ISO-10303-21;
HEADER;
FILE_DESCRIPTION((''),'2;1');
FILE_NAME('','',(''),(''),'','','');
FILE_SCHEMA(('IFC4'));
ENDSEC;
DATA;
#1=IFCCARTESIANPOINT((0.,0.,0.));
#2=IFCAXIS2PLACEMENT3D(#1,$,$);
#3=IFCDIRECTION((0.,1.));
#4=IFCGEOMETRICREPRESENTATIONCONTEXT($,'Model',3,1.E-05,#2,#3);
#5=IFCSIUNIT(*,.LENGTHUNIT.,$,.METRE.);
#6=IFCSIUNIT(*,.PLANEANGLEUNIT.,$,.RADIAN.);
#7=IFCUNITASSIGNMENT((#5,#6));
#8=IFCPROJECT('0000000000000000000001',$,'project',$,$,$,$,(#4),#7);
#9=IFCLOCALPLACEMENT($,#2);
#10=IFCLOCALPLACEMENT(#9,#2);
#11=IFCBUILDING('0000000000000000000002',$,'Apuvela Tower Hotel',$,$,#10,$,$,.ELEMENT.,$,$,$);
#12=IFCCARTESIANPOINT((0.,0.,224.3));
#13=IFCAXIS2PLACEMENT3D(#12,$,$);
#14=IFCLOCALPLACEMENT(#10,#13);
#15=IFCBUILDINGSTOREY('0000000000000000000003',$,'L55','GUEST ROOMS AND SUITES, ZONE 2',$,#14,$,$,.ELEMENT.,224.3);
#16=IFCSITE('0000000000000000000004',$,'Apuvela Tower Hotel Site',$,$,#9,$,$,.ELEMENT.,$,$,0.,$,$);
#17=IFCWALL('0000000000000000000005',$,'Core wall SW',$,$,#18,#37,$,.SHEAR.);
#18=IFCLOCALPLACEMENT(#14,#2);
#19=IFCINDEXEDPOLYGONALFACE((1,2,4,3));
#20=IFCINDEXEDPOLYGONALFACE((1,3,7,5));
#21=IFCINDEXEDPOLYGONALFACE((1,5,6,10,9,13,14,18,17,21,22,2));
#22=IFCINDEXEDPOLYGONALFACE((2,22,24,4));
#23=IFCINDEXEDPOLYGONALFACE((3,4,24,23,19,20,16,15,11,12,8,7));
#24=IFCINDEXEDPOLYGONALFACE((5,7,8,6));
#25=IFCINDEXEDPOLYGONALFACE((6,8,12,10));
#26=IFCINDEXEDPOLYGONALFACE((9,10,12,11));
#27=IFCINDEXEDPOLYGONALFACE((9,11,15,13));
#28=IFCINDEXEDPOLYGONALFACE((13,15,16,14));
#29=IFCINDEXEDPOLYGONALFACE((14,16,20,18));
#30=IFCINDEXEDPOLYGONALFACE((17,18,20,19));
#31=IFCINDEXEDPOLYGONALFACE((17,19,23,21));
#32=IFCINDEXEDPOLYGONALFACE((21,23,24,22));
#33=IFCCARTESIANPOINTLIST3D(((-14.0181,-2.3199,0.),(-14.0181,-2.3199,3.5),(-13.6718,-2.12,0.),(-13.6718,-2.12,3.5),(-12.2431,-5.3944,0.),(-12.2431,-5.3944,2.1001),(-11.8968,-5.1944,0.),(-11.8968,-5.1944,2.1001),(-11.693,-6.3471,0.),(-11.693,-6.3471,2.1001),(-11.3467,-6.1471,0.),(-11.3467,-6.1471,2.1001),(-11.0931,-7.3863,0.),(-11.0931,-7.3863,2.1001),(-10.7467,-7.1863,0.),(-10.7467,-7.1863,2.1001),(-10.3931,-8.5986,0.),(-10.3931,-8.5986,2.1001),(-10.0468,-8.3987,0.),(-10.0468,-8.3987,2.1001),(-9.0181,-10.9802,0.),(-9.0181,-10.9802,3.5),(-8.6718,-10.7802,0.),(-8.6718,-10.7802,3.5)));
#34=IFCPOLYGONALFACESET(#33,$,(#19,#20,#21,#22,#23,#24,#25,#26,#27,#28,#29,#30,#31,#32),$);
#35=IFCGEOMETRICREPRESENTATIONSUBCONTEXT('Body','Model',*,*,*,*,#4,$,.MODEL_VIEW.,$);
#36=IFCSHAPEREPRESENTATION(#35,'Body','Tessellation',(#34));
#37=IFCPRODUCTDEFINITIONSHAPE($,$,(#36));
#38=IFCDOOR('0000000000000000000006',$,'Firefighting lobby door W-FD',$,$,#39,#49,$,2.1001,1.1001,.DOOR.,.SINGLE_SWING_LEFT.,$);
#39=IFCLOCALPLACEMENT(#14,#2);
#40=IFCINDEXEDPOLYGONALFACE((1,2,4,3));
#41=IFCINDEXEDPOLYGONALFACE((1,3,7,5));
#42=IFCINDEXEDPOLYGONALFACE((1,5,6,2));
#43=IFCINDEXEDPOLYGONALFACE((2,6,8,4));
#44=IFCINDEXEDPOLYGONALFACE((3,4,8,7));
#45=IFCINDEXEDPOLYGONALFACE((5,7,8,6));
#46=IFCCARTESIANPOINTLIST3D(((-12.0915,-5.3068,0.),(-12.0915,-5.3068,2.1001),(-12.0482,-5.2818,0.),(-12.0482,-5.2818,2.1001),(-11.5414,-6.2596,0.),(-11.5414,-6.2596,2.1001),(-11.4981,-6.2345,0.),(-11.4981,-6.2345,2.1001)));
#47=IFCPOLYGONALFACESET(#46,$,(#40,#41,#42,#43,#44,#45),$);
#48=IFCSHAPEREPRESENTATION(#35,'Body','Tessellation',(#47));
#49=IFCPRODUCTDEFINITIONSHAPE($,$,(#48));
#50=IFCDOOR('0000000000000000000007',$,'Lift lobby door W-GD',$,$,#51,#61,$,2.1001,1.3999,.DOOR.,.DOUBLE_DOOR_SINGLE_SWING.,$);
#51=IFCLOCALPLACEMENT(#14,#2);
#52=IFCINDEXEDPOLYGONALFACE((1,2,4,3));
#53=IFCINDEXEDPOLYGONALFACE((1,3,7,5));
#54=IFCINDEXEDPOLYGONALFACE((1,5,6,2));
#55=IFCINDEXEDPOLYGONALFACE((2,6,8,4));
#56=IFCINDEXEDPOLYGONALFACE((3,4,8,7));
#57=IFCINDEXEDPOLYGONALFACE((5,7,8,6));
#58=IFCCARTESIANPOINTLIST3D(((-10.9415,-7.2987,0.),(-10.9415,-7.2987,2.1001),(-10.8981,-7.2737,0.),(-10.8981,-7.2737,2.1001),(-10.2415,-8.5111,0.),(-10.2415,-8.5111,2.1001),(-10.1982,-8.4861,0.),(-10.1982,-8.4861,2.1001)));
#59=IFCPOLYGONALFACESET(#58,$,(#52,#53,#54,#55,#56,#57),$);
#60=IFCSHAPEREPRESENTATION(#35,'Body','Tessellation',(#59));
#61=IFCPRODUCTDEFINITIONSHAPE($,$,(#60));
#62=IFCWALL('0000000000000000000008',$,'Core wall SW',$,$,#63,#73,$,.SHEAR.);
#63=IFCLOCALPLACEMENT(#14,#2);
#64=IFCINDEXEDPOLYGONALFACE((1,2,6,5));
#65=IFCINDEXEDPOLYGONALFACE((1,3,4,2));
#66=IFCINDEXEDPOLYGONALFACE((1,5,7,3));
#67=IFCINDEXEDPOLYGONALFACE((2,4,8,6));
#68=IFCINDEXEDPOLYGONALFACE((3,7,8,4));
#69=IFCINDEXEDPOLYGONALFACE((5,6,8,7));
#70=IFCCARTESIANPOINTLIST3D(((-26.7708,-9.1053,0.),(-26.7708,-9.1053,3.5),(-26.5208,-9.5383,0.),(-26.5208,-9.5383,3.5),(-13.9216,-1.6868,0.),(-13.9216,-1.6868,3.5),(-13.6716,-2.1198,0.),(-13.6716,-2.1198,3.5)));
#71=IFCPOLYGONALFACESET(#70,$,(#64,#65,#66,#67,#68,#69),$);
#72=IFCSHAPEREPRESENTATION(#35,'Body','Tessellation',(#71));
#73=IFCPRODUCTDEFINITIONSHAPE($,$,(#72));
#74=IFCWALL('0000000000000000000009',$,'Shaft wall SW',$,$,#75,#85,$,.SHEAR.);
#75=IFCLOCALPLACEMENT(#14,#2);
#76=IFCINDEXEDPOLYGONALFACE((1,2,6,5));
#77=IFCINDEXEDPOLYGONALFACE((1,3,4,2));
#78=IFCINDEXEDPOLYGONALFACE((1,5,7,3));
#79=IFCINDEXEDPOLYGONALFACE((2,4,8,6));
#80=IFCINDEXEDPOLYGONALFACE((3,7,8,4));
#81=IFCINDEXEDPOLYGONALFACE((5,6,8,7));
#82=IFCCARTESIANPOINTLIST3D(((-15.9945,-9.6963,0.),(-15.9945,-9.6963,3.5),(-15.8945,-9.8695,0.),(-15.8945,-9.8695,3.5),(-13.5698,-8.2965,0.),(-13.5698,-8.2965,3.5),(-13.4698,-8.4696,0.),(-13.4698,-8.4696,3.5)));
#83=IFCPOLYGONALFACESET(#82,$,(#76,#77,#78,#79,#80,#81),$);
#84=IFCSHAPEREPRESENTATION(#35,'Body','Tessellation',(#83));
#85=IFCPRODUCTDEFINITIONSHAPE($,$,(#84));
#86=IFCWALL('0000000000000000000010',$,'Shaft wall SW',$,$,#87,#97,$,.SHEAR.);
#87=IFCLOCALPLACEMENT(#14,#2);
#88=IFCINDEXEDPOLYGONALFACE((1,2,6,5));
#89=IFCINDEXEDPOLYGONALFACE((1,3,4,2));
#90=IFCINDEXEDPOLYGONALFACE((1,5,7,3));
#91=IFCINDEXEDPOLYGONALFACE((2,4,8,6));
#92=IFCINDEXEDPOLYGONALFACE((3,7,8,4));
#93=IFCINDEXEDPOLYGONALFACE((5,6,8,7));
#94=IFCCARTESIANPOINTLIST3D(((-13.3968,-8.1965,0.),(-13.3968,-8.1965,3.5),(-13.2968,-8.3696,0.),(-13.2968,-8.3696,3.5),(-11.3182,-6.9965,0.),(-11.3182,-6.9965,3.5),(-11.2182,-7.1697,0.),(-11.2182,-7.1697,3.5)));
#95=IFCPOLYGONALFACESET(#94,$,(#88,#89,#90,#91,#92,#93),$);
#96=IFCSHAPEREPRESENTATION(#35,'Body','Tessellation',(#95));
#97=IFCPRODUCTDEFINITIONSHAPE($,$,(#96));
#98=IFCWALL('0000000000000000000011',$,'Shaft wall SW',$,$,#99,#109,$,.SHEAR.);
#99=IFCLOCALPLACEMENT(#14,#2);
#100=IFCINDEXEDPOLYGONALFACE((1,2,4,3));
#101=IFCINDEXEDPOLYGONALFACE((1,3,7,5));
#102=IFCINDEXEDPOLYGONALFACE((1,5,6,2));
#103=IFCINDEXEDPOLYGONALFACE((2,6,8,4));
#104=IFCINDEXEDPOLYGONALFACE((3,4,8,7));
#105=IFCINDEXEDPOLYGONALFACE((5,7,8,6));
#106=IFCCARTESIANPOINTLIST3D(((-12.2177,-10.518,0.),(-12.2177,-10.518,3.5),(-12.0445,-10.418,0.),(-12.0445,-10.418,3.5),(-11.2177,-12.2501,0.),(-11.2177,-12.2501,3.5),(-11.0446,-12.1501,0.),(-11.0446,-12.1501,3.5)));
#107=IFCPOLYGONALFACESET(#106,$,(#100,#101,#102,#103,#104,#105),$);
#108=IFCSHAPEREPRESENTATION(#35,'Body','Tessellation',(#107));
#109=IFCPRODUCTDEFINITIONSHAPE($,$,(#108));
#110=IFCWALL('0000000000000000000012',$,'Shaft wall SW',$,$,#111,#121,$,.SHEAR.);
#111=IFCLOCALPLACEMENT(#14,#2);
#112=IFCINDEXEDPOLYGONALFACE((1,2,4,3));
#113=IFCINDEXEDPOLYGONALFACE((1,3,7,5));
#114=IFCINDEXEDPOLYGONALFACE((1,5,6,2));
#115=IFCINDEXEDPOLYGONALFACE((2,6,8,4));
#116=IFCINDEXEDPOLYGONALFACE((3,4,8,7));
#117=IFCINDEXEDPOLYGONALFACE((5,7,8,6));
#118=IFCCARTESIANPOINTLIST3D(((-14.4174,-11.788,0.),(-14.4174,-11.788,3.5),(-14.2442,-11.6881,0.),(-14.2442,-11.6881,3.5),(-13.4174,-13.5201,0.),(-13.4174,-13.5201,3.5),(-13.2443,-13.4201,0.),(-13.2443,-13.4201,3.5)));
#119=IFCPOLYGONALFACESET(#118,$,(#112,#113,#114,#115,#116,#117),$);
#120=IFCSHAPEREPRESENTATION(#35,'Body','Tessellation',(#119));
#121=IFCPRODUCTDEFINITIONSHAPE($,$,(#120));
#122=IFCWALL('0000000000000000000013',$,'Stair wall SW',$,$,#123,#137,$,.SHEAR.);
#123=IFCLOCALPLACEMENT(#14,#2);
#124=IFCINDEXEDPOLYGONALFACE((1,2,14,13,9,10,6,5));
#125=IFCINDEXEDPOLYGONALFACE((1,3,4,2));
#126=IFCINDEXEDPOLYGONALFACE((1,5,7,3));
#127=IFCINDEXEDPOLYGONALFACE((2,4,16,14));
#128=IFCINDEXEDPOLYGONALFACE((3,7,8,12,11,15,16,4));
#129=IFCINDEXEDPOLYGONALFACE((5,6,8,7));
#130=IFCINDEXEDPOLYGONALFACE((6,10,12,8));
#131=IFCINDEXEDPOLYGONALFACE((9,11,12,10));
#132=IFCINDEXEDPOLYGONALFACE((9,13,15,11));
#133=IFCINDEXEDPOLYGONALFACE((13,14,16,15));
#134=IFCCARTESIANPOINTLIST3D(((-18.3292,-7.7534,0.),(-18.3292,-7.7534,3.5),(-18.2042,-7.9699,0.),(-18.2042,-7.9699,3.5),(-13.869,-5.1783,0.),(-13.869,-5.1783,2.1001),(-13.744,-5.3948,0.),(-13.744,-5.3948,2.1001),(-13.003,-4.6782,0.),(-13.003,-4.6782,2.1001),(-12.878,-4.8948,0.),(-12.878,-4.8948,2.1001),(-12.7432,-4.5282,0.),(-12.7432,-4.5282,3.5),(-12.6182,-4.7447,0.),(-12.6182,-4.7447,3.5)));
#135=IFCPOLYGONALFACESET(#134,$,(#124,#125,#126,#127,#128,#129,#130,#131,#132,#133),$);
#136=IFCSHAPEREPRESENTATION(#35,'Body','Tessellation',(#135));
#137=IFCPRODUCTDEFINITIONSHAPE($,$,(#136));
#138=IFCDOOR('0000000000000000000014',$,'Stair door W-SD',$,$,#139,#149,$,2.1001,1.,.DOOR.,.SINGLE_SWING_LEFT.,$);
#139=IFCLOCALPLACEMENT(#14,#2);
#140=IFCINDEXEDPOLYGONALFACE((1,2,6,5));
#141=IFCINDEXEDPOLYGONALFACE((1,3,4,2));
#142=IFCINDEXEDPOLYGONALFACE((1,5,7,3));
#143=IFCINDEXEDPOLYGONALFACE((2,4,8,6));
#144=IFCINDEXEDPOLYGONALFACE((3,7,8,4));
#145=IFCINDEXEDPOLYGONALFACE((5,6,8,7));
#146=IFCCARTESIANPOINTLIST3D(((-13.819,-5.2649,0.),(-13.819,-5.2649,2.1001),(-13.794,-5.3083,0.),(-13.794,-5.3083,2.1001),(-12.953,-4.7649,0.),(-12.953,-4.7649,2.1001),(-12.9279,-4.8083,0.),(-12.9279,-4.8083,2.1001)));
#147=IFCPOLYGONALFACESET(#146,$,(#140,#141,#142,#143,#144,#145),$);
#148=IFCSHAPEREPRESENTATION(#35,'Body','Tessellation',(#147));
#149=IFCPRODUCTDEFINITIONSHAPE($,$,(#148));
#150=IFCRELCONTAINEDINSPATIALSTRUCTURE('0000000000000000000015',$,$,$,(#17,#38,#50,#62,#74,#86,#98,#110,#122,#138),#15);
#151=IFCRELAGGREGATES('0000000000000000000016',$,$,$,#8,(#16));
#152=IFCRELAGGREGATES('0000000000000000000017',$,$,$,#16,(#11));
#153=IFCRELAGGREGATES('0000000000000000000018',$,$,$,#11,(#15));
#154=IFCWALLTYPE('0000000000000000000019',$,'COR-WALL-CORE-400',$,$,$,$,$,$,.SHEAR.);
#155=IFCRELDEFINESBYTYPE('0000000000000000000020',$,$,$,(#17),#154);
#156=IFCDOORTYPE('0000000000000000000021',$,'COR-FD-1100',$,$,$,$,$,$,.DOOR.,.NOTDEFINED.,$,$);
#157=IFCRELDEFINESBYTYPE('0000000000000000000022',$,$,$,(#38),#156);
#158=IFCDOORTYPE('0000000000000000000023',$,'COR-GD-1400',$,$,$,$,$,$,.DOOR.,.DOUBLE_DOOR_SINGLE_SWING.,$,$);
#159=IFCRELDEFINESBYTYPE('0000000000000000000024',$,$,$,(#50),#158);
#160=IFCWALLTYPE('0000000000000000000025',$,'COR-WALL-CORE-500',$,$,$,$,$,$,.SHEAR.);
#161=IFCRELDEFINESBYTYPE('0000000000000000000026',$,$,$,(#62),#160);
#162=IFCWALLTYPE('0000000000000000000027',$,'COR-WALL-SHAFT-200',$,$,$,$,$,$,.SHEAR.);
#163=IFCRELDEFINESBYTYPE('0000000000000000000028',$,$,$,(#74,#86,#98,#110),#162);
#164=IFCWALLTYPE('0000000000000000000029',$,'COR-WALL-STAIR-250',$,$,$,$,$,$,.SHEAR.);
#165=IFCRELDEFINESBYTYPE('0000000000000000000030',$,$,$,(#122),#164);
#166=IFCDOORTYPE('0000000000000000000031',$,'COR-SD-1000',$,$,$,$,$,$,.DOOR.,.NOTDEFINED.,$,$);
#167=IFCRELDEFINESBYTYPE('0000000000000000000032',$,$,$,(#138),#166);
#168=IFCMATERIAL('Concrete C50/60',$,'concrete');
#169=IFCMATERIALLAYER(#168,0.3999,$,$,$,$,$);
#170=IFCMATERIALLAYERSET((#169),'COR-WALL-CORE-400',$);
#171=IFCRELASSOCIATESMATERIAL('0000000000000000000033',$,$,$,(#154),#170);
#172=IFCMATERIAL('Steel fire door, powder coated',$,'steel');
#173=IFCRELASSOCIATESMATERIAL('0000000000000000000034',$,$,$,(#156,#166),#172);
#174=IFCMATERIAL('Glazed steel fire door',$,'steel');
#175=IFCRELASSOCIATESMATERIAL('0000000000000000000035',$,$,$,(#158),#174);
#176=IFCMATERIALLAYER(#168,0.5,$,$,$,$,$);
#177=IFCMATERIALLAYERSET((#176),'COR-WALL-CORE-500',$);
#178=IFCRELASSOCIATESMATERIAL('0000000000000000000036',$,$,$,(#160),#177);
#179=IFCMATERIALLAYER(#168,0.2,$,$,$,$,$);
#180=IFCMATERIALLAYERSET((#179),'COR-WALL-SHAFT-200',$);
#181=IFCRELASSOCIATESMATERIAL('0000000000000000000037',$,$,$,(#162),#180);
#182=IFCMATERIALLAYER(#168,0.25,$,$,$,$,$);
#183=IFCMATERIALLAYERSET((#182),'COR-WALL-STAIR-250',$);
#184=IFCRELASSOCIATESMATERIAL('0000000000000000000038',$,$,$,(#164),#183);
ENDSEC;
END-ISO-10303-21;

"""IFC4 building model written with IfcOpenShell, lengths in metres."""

from ifc_helpers import new_model, si_unit, direction, frame, frame_2d, origin, place, context, subcontext, project, spatial, rectangle, extrude, material, layer, layer_set, type_object, element, fill, save


model = new_model("IFC4")

# Units and contexts
model_context = context("Model", 3, precision=1e-05, world=origin(), true_north=direction((0.0, 1.0)))
body_context = subcontext(model_context, "Body", "Model", "MODEL_VIEW")
ifc_project = project(units=[si_unit("LENGTHUNIT", "METRE"), si_unit("PLANEANGLEUNIT", "RADIAN")], contexts=[model_context])

# Site, building, storey
site_placement = place(None, origin())
site = spatial("IfcSite", under=ifc_project, at=site_placement, Name="Apuvela Tower Hotel Site", CompositionType="ELEMENT", RefElevation=0.0)
building_placement = place(site_placement, origin())
building = spatial("IfcBuilding", under=site, at=building_placement, Name="Apuvela Tower Hotel", CompositionType="ELEMENT")
storey_placement = place(building_placement, frame((0.0, 0.0, 224.3)))
storey = spatial("IfcBuildingStorey", under=building, at=storey_placement, Name="L55", Description="GUEST ROOMS AND SUITES, ZONE 2", CompositionType="ELEMENT", Elevation=224.3)

# Wall, openings, doors
ifc_material_1 = material(Name="Concrete C50/60", Category="concrete")
ifc_layer_1 = layer(ifc_material_1, 0.3999)
ifc_layer_set_1 = layer_set([ifc_layer_1], Name="COR-WALL-CORE-400")
wall_type_1 = type_object("IfcWallType", Name="COR-WALL-CORE-400", PredefinedType="SHEAR", material=ifc_layer_set_1)
wall_1_placement = place(storey_placement, frame((-13.845, -2.22, 0.0), z_axis=(0.0, 0.0, 1.0), x_axis=(0.500004, -0.866023, 0.0)))
wall_1 = element("IfcWall", 1, at=wall_1_placement, inside=storey, type_object=wall_type_1, Name="Core wall SW", PredefinedType="SHEAR", context=body_context, shape_type="SweptSolid", body=[
    extrude(rectangle(XDim=10.0, YDim=0.3999, at=frame_2d((5.0, 0.0))), origin(), (0.0, 0.0, 1.0), 3.5),
])
opening_1_placement = place(wall_1_placement, frame((3.55, 0.0, 0.0)))
opening_1 = element("IfcOpeningElement", 2, at=opening_1_placement, cuts=wall_1, PredefinedType="OPENING", context=body_context, shape_type="SweptSolid", body=[
    extrude(rectangle(XDim=1.1001, YDim=2.1001, at=frame_2d((0.55, 1.05))), frame((0.0, 0.21, 0.0), z_axis=(0.0, -1.0, 0.0), x_axis=(1.0, 0.0, 0.0)), (0.0, 0.0, 1.0), 0.4199),
])
opening_2_placement = place(wall_1_placement, frame((5.8501, 0.0, 0.0)))
opening_2 = element("IfcOpeningElement", 3, at=opening_2_placement, cuts=wall_1, PredefinedType="OPENING", context=body_context, shape_type="SweptSolid", body=[
    extrude(rectangle(XDim=1.3999, YDim=2.1001, at=frame_2d((0.7, 1.05))), frame((0.0, 0.21, 0.0), z_axis=(0.0, -1.0, 0.0), x_axis=(1.0, 0.0, 0.0)), (0.0, 0.0, 1.0), 0.4199),
])
ifc_material_2 = material(Name="Steel fire door, powder coated", Category="steel")
door_type_1 = type_object("IfcDoorType", Name="COR-FD-1100", OperationType="NOTDEFINED", PredefinedType="DOOR", material=ifc_material_2)
door_1_placement = place(opening_1_placement, frame((1.1001, 0.0, 0.0), z_axis=(0.0, 0.0, 1.0), x_axis=(-1.0, 0.0, 0.0)))
door_1 = element("IfcDoor", 4, at=door_1_placement, inside=storey, type_object=door_type_1, Name="Firefighting lobby door W-FD", OperationType="SINGLE_SWING_LEFT", OverallHeight=2.1001, OverallWidth=1.1001, PredefinedType="DOOR", context=body_context, shape_type="SweptSolid", body=[
    extrude(rectangle(XDim=1.1001, YDim=2.1001, at=frame_2d((0.55, 1.05))), frame((0.0, 0.0249, 0.0), z_axis=(0.0, -1.0, 0.0), x_axis=(1.0, 0.0, 0.0)), (0.0, 0.0, 1.0), 0.05),
])
fill(opening_1, door_1)
ifc_material_3 = material(Name="Glazed steel fire door", Category="steel")
door_type_2 = type_object("IfcDoorType", Name="COR-GD-1400", OperationType="DOUBLE_DOOR_SINGLE_SWING", PredefinedType="DOOR", material=ifc_material_3)
door_2_placement = place(opening_2_placement, frame((1.3999, 0.0, 0.0), z_axis=(0.0, 0.0, 1.0), x_axis=(-1.0, 0.0, 0.0)))
door_2 = element("IfcDoor", 5, at=door_2_placement, inside=storey, type_object=door_type_2, Name="Lift lobby door W-GD", OperationType="DOUBLE_DOOR_SINGLE_SWING", OverallHeight=2.1001, OverallWidth=1.3999, PredefinedType="DOOR", context=body_context, shape_type="SweptSolid", body=[
    extrude(rectangle(XDim=1.3999, YDim=2.1001, at=frame_2d((0.7, 1.05))), frame((0.0, 0.0249, 0.0), z_axis=(0.0, -1.0, 0.0), x_axis=(1.0, 0.0, 0.0)), (0.0, 0.0, 1.0), 0.05),
])
fill(opening_2, door_2)

# Walls
ifc_layer_2 = layer(ifc_material_1, 0.5)
ifc_layer_set_2 = layer_set([ifc_layer_2], Name="COR-WALL-CORE-500")
wall_type_2 = type_object("IfcWallType", Name="COR-WALL-CORE-500", PredefinedType="SHEAR", material=ifc_layer_set_2)
wall_2_placement = place(storey_placement, frame((-13.7966, -1.9033, 0.0), z_axis=(0.0, 0.0, 1.0), x_axis=(-0.866025, -0.500001, 0.0)))
element("IfcWall", 6, at=wall_2_placement, inside=storey, type_object=wall_type_2, Name="Core wall SW", PredefinedType="SHEAR", context=body_context, shape_type="SweptSolid", body=[
    extrude(rectangle(XDim=14.8369, YDim=0.5, at=frame_2d((7.4185, 0.0))), origin(), (0.0, 0.0, 1.0), 3.5),
])
ifc_layer_3 = layer(ifc_material_1, 0.2)
ifc_layer_set_3 = layer_set([ifc_layer_3], Name="COR-WALL-SHAFT-200")
wall_type_3 = type_object("IfcWallType", Name="COR-WALL-SHAFT-200", PredefinedType="SHEAR", material=ifc_layer_set_3)
wall_3_placement = place(storey_placement, frame((-13.5198, -8.3831, 0.0), z_axis=(0.0, 0.0, 1.0), x_axis=(-0.866035, -0.499984, 0.0)))
element("IfcWall", 7, at=wall_3_placement, inside=storey, type_object=wall_type_3, Name="Shaft wall SW", PredefinedType="SHEAR", context=body_context, shape_type="SweptSolid", body=[
    extrude(rectangle(XDim=2.7998, YDim=0.2, at=frame_2d((1.3999, 0.0))), origin(), (0.0, 0.0, 1.0), 3.5),
])
wall_4_placement = place(storey_placement, frame((-11.2681, -7.083, 0.0), z_axis=(0.0, 0.0, 1.0), x_axis=(-0.86605, -0.499957, 0.0)))
element("IfcWall", 8, at=wall_4_placement, inside=storey, type_object=wall_type_3, Name="Shaft wall SW", PredefinedType="SHEAR", context=body_context, shape_type="SweptSolid", body=[
    extrude(rectangle(XDim=2.4001, YDim=0.2, at=frame_2d((1.2002, 0.0))), origin(), (0.0, 0.0, 1.0), 3.5),
])
for number, where, z_axis, x_axis, name in (
    (9, (-12.1311, -10.468, 0.0), (0.0, 0.0, 1.0), (0.499973, -0.866041, 0.0), "Shaft wall SW"),
    (10, (-14.3308, -11.738, 0.0), (0.0, 0.0, 1.0), (0.499973, -0.866041, 0.0), "Shaft wall SW"),
):
    element("IfcWall", number, at=place(storey_placement, frame(where, z_axis=z_axis, x_axis=x_axis)), inside=storey, type_object=wall_type_3, Name=name, PredefinedType="SHEAR", context=body_context, shape_type="SweptSolid", body=[
        extrude(rectangle(XDim=2.0, YDim=0.2, at=frame_2d((1.0, 0.0))), origin(), (0.0, 0.0, 1.0), 3.5),
    ])

# Wall, opening, door
ifc_layer_4 = layer(ifc_material_1, 0.25)
ifc_layer_set_4 = layer_set([ifc_layer_4], Name="COR-WALL-STAIR-250")
wall_type_4 = type_object("IfcWallType", Name="COR-WALL-STAIR-250", PredefinedType="SHEAR", material=ifc_layer_set_4)
wall_5_placement = place(storey_placement, frame((-12.6807, -4.6365, 0.0), z_axis=(0.0, 0.0, 1.0), x_axis=(-0.866022, -0.500006, 0.0)))
wall_5 = element("IfcWall", 11, at=wall_5_placement, inside=storey, type_object=wall_type_4, Name="Stair wall SW", PredefinedType="SHEAR", context=body_context, shape_type="SweptSolid", body=[
    extrude(rectangle(XDim=6.4502, YDim=0.25, at=frame_2d((3.2251, 0.0))), origin(), (0.0, 0.0, 1.0), 3.5),
])
opening_3_placement = place(wall_5_placement, frame((0.3, 0.0, 0.0)))
opening_3 = element("IfcOpeningElement", 12, at=opening_3_placement, cuts=wall_5, PredefinedType="OPENING", context=body_context, shape_type="SweptSolid", body=[
    extrude(rectangle(XDim=1.0, YDim=2.1001, at=frame_2d((0.5, 1.05))), frame((0.0, 0.135, 0.0), z_axis=(0.0, -1.0, 0.0), x_axis=(1.0, 0.0, 0.0)), (0.0, 0.0, 1.0), 0.27),
])
door_type_3 = type_object("IfcDoorType", Name="COR-SD-1000", OperationType="NOTDEFINED", PredefinedType="DOOR", material=ifc_material_2)
door_3_placement = place(opening_3_placement, frame((1.0, 0.0, 0.0), z_axis=(0.0, 0.0, 1.0), x_axis=(-1.0, 0.0, 0.0)))
door_3 = element("IfcDoor", 13, at=door_3_placement, inside=storey, type_object=door_type_3, Name="Stair door W-SD", OperationType="SINGLE_SWING_LEFT", OverallHeight=2.1001, OverallWidth=1.0, PredefinedType="DOOR", context=body_context, shape_type="SweptSolid", body=[
    extrude(rectangle(XDim=1.0, YDim=2.1001, at=frame_2d((0.5, 1.05))), frame((0.0, 0.0249, 0.0), z_axis=(0.0, -1.0, 0.0), x_axis=(1.0, 0.0, 0.0)), (0.0, 0.0, 1.0), 0.05),
])
fill(opening_3, door_3)

save(model, "model.ifc")
